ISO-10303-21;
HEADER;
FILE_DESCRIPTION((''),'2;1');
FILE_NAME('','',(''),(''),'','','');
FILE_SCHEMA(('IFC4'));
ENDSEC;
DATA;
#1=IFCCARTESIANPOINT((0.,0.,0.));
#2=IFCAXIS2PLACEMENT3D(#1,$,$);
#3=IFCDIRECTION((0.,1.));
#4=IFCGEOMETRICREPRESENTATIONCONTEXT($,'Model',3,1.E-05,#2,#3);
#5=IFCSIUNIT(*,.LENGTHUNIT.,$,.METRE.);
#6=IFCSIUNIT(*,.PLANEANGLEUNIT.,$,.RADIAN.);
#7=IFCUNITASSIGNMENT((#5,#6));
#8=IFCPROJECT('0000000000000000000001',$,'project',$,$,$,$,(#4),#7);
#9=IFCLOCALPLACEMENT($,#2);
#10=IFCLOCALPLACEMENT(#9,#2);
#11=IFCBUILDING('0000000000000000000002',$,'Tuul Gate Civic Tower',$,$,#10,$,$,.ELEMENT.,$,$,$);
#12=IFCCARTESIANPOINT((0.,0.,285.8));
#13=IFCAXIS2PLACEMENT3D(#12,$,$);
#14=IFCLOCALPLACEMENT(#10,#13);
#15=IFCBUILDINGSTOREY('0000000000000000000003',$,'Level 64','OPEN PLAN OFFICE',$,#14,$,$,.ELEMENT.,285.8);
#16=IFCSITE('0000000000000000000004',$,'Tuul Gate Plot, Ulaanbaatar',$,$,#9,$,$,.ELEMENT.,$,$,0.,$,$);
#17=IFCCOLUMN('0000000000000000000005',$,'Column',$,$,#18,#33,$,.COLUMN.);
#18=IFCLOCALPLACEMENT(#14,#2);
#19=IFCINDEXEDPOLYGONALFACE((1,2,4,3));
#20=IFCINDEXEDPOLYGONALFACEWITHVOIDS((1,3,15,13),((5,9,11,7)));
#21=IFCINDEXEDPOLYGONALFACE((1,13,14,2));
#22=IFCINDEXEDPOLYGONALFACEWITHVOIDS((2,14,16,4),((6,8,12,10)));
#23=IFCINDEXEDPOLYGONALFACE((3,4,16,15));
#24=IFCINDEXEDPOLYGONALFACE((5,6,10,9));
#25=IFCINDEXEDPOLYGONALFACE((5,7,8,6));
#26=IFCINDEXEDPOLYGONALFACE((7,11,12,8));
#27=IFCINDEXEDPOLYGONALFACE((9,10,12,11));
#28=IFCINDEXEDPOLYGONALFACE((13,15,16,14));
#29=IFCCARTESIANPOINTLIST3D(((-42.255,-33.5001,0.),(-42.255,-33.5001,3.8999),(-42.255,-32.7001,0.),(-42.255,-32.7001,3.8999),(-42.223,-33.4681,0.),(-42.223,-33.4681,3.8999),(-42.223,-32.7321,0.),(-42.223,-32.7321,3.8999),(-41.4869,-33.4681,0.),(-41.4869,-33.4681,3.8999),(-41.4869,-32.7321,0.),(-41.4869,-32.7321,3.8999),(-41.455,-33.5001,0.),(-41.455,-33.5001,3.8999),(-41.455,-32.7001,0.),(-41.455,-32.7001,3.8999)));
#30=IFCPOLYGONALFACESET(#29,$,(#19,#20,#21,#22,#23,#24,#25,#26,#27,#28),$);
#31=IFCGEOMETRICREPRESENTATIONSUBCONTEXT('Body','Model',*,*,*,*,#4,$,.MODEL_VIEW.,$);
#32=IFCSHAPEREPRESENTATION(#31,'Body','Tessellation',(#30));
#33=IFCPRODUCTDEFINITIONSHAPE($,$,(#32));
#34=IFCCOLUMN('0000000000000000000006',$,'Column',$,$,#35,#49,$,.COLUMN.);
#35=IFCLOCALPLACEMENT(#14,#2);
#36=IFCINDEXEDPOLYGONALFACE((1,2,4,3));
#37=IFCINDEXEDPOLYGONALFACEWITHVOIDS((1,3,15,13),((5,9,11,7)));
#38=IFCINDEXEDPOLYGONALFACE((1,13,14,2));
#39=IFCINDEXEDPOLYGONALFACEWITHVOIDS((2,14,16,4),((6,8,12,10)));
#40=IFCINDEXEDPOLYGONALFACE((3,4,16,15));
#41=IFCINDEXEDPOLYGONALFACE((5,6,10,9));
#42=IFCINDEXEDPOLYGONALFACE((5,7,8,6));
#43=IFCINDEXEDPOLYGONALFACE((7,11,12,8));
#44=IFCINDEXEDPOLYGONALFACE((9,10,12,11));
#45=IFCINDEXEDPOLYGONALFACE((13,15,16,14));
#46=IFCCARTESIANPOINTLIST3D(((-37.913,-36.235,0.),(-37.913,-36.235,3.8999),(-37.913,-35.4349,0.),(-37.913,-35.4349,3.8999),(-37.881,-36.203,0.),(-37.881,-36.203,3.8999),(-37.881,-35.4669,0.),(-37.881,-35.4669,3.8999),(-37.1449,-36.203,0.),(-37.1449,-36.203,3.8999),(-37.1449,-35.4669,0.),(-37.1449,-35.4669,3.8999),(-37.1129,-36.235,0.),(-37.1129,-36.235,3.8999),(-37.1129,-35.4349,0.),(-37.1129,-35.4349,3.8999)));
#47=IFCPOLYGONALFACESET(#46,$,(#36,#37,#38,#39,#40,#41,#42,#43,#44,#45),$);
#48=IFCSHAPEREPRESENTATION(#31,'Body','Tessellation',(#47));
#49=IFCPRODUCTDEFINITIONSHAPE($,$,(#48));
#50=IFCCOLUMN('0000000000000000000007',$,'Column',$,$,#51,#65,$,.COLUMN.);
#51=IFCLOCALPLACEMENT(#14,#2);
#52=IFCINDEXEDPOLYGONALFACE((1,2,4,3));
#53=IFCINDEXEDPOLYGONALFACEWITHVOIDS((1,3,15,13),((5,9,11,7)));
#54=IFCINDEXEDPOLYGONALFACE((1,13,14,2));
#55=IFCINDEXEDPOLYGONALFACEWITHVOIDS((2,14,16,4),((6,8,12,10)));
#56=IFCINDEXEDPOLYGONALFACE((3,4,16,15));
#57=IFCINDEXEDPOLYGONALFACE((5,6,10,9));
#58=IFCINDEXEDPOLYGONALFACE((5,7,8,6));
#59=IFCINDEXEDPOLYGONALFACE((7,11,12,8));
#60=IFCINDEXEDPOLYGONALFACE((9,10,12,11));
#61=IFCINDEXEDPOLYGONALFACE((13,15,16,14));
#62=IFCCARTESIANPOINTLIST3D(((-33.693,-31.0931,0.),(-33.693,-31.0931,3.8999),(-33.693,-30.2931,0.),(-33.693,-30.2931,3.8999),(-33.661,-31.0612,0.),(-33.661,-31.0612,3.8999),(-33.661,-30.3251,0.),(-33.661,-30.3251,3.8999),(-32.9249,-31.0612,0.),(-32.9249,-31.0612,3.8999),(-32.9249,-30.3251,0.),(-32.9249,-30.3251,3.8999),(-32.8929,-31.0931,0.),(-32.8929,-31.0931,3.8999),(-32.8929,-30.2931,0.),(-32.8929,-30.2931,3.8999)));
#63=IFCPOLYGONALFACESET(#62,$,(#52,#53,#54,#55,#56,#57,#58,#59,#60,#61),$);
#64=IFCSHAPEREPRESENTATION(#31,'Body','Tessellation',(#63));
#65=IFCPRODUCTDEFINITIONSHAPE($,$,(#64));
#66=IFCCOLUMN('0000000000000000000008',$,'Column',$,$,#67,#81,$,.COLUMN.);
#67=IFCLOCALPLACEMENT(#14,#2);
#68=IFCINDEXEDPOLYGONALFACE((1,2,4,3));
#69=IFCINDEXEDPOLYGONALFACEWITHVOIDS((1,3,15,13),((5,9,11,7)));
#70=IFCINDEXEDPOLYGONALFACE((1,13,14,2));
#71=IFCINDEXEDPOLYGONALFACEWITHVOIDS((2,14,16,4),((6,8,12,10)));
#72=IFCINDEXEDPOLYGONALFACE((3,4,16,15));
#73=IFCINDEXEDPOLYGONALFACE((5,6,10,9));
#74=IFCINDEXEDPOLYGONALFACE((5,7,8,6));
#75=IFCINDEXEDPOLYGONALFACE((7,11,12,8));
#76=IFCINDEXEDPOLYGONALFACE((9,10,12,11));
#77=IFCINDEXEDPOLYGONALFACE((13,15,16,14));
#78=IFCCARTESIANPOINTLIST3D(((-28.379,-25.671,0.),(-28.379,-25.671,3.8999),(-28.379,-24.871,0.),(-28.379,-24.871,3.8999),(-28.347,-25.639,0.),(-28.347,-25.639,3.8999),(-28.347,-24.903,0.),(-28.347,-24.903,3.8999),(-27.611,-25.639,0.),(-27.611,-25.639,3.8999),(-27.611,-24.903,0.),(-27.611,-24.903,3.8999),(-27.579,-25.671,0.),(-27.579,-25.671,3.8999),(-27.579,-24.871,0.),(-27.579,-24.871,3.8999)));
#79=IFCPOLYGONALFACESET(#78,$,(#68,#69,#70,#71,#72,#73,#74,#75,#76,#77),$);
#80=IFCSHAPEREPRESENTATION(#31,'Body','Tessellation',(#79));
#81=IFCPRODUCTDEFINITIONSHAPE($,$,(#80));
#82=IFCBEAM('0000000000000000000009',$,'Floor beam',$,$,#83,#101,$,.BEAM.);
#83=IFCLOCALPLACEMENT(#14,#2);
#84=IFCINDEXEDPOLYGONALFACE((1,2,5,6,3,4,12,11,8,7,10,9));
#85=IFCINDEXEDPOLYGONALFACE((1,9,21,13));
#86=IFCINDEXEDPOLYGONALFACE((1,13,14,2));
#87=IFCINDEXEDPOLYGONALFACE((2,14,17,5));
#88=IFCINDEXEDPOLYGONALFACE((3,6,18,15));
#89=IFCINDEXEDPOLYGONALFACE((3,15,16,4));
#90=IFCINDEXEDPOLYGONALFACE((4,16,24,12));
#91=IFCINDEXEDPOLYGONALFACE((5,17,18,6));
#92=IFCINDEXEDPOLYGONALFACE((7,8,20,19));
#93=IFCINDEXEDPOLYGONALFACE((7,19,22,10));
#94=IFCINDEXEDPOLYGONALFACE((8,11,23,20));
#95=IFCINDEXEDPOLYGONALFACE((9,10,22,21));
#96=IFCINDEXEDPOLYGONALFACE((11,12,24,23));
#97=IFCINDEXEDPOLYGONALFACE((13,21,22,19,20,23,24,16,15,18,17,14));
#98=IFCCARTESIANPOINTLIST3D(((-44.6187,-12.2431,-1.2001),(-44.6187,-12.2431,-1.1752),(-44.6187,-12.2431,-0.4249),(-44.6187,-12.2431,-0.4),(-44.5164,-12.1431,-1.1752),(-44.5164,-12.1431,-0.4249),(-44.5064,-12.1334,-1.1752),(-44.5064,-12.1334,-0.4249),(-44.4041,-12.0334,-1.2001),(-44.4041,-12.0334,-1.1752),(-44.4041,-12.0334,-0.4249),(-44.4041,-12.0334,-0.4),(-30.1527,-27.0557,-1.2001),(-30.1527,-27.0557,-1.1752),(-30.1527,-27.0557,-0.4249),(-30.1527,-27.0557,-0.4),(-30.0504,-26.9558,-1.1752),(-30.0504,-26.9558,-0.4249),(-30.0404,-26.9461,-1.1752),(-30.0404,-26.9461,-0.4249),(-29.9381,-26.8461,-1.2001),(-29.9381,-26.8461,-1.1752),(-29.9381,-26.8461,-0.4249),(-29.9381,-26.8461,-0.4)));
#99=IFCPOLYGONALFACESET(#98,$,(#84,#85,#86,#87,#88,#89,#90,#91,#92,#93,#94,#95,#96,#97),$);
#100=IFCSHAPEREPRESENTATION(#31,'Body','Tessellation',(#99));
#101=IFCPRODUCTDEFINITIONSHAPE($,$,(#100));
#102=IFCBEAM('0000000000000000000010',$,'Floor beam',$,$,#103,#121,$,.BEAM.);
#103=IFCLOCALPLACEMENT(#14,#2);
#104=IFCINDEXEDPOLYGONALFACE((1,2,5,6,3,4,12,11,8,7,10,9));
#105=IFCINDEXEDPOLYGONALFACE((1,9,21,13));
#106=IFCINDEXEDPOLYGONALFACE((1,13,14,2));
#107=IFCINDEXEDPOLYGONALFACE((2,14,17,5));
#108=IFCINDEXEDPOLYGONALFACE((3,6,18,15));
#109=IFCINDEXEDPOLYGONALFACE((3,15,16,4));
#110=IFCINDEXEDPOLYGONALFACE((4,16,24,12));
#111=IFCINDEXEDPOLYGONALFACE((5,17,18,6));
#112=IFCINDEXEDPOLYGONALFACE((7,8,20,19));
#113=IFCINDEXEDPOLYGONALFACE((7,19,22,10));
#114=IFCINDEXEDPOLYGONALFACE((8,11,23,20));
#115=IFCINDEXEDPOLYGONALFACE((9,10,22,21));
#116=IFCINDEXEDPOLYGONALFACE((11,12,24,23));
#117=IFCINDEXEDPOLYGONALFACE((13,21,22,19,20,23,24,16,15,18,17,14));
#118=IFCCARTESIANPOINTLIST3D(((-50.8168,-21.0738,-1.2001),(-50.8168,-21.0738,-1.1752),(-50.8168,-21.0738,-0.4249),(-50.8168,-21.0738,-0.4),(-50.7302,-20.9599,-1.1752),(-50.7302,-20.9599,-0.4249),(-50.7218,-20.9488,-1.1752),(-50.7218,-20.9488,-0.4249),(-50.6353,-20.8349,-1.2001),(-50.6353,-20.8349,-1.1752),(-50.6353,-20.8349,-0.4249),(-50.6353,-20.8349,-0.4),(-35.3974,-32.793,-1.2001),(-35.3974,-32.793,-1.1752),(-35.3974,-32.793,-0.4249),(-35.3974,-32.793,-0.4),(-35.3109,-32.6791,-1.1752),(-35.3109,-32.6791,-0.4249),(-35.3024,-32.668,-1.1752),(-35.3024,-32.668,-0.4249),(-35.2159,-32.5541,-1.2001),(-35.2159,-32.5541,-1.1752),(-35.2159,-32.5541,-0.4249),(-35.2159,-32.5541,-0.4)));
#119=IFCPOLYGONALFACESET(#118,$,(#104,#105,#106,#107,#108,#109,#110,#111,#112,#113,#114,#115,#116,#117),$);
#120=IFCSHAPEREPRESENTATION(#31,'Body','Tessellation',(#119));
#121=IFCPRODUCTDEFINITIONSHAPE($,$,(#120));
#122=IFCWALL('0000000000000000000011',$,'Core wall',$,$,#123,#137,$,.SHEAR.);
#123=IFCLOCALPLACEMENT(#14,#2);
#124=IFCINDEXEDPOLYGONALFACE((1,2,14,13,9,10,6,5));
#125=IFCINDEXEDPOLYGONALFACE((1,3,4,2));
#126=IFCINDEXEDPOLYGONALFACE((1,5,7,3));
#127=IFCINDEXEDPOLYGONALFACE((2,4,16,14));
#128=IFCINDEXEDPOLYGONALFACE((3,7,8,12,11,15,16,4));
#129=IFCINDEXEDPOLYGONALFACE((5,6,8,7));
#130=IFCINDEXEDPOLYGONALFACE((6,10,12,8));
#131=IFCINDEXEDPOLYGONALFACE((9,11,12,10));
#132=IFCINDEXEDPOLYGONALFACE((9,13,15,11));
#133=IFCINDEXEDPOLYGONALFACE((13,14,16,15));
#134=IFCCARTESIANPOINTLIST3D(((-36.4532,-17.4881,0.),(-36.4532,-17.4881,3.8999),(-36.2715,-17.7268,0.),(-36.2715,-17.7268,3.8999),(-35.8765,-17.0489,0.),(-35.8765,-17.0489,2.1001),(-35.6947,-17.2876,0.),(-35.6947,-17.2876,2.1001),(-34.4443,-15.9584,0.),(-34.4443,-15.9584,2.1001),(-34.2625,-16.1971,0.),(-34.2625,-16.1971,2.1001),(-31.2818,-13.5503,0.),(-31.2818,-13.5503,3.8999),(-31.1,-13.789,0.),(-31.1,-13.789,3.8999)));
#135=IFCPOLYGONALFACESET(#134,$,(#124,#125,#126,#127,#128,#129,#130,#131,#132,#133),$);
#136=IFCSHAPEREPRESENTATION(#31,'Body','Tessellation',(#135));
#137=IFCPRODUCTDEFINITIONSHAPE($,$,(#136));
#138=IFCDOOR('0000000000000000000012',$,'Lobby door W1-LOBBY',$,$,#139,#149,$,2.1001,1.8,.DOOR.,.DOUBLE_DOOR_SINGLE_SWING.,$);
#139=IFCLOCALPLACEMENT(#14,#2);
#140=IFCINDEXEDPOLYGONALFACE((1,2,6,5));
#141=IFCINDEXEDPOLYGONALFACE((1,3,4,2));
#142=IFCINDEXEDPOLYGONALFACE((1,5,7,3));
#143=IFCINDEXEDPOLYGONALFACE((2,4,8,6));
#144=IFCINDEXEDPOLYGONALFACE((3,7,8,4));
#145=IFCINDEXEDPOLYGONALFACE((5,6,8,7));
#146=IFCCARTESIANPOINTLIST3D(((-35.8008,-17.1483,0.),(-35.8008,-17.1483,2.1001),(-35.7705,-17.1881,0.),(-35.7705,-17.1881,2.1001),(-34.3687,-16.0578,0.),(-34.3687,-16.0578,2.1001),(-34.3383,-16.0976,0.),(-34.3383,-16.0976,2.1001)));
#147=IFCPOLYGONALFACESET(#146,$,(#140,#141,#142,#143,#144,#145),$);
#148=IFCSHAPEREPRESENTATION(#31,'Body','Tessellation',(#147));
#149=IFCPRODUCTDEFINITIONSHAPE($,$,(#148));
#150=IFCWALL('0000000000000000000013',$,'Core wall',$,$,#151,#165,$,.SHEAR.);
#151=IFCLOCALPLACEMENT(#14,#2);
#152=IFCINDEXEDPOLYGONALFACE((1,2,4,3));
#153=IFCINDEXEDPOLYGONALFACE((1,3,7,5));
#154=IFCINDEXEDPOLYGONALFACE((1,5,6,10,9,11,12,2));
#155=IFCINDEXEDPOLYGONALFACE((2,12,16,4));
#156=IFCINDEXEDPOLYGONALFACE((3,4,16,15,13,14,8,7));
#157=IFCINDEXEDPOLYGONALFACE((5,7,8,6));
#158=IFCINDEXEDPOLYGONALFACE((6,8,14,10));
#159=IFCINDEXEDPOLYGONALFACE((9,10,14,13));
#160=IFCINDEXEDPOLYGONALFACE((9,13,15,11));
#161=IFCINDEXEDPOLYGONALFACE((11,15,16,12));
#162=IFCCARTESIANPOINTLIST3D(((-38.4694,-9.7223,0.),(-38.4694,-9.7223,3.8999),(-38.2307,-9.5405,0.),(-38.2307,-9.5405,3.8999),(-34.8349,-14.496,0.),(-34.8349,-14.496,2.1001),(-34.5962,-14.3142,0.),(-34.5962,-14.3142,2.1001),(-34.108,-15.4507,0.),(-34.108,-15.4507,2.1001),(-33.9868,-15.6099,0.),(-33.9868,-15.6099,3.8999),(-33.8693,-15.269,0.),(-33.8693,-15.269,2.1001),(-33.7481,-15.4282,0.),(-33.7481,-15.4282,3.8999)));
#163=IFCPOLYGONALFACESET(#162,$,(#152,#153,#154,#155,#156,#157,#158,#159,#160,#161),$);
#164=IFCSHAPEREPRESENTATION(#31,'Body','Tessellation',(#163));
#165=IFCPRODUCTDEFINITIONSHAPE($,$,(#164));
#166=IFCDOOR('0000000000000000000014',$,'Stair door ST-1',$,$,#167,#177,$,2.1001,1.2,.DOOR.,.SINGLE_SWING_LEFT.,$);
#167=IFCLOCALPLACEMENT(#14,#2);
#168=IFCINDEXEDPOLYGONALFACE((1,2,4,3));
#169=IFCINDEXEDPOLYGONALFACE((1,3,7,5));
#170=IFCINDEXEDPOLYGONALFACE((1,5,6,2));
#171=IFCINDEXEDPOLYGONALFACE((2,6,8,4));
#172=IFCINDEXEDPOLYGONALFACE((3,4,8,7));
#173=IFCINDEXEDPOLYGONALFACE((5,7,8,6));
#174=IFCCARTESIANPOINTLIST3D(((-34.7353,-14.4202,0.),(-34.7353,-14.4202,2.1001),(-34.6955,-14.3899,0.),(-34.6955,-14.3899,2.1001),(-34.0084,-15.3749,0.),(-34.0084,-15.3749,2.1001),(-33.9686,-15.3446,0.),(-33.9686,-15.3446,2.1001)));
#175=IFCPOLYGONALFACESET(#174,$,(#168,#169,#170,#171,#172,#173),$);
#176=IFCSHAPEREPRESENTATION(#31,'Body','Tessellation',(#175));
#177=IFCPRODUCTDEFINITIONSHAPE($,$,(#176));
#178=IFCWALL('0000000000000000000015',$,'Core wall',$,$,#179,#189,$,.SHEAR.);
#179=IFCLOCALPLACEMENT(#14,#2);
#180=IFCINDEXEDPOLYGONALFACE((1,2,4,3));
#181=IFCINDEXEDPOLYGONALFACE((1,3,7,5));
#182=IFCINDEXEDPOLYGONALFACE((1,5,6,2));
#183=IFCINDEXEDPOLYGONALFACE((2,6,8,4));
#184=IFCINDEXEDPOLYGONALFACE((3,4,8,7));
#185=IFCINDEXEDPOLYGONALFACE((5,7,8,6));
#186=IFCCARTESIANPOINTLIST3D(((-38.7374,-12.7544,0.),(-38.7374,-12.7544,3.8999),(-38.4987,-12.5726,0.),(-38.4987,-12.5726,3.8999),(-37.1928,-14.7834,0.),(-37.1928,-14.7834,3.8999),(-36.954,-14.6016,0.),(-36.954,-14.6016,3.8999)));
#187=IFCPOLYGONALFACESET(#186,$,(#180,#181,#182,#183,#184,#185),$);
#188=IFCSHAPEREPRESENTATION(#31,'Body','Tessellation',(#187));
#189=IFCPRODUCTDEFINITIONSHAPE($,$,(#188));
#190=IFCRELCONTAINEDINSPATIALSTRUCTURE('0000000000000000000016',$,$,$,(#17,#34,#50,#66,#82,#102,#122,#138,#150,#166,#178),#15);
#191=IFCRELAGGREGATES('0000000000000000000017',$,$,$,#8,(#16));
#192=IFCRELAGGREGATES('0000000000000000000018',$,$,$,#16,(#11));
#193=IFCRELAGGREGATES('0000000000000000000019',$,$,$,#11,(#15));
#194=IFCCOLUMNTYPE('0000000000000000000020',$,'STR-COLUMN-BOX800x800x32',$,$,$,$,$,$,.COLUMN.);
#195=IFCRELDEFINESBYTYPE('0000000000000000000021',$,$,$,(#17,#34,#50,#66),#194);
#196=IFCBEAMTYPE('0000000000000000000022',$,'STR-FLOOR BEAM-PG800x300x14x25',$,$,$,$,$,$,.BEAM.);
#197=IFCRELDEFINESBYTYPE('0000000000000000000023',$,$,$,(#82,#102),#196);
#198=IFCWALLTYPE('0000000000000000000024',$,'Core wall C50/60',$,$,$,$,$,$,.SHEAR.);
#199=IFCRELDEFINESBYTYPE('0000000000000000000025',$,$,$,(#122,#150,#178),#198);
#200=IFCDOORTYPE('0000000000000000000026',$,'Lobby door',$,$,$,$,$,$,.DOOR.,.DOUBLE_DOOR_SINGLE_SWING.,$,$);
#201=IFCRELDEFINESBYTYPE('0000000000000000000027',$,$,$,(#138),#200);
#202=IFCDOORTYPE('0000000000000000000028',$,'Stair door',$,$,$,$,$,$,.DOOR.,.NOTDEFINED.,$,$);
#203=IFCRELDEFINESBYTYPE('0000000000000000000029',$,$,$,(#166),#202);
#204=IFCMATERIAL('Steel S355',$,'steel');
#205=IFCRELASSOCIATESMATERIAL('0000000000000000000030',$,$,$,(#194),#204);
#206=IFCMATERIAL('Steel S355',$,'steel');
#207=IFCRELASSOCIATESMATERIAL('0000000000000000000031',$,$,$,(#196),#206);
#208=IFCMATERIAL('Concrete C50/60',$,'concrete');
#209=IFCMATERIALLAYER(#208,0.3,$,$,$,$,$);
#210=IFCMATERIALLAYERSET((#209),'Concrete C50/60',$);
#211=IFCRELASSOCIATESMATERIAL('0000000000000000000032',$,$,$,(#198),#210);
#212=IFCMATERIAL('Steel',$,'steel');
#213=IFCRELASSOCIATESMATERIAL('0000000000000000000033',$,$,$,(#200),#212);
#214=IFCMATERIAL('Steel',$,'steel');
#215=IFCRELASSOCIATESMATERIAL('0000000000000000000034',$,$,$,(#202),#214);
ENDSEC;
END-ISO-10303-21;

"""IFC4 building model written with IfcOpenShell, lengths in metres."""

from ifc_helpers import new_model, si_unit, direction, frame, frame_2d, origin, origin_2d, place, context, subcontext, project, spatial, rectangle, hollow_rectangle, i_section, extrude, material, layer, layer_set, material_profile, profile_set, type_object, element, fill, save


model = new_model("IFC4")

# Units and contexts
model_context = context("Model", 3, precision=1e-05, world=origin(), true_north=direction((0.0, 1.0)))
body_context = subcontext(model_context, "Body", "Model", "MODEL_VIEW")
ifc_project = project(units=[si_unit("LENGTHUNIT", "METRE"), si_unit("PLANEANGLEUNIT", "RADIAN")], contexts=[model_context])

# Site, building, storey
site_placement = place(None, origin())
site = spatial("IfcSite", under=ifc_project, at=site_placement, Name="Tuul Gate Plot, Ulaanbaatar", CompositionType="ELEMENT", RefElevation=0.0)
building_placement = place(site_placement, origin())
building = spatial("IfcBuilding", under=site, at=building_placement, Name="Tuul Gate Civic Tower", CompositionType="ELEMENT")
storey_placement = place(building_placement, frame((0.0, 0.0, 285.8)))
storey = spatial("IfcBuildingStorey", under=building, at=storey_placement, Name="Level 64", Description="OPEN PLAN OFFICE", CompositionType="ELEMENT", Elevation=285.8)

# Columns
ifc_material_1 = material(Name="Steel S355", Category="steel")
ifc_material_profile_1 = material_profile(ifc_material_1, hollow_rectangle(XDim=0.8, YDim=0.8, WallThickness=0.032, at=origin_2d()), Name="BOX800x800x32")
ifc_profile_set_1 = profile_set([ifc_material_profile_1], Name="Steel S355")
column_type = type_object("IfcColumnType", Name="STR-COLUMN-BOX800x800x32", PredefinedType="COLUMN", material=ifc_profile_set_1)
for number, where, z_axis, x_axis, name in (
    (1, (-41.855, -33.1001, 0.0), (0.0, 0.0, 1.0), (1.0, 0.0, 0.0), "Column"),
    (2, (-37.5129, -35.835, 0.0), (0.0, 0.0, 1.0), (1.0, 0.0, 0.0), "Column"),
    (3, (-33.293, -30.6931, 0.0), (0.0, 0.0, 1.0), (1.0, 0.0, 0.0), "Column"),
    (4, (-27.979, -25.271, 0.0), (0.0, 0.0, 1.0), (1.0, 0.0, 0.0), "Column"),
):
    element("IfcColumn", number, at=place(storey_placement, frame(where, z_axis=z_axis, x_axis=x_axis)), inside=storey, type_object=column_type, Name=name, PredefinedType="COLUMN", context=body_context, shape_type="SweptSolid", body=[
        extrude(hollow_rectangle(XDim=0.8, YDim=0.8, WallThickness=0.032, at=origin_2d()), origin(), (0.0, 0.0, 1.0), 3.8999),
    ])

# Beams
ifc_material_2 = material(Name="Steel S355", Category="steel")
ifc_material_profile_2 = material_profile(ifc_material_2, i_section(OverallWidth=0.3, OverallDepth=0.8, WebThickness=0.0139, FlangeThickness=0.0249, at=origin_2d()), Name="PG800x300x14x25")
ifc_profile_set_2 = profile_set([ifc_material_profile_2], Name="Steel S355")
beam_type = type_object("IfcBeamType", Name="STR-FLOOR BEAM-PG800x300x14x25", PredefinedType="BEAM", material=ifc_profile_set_2)
beam_1_placement = place(storey_placement, frame((-30.0454, -26.9509, -0.8), z_axis=(-0.698685, 0.715429, 0.0), x_axis=(-0.715429, -0.698685, 0.0)))
element("IfcBeam", 5, at=beam_1_placement, inside=storey, type_object=beam_type, Name="Floor beam", PredefinedType="BEAM", context=body_context, shape_type="SweptSolid", body=[
    extrude(i_section(OverallWidth=0.3, OverallDepth=0.8, WebThickness=0.0139, FlangeThickness=0.0249, at=origin_2d()), origin(), (0.0, 0.0, 1.0), 20.7046),
])
beam_2_placement = place(storey_placement, frame((-35.3066, -32.6736, -0.8), z_axis=(-0.796151, 0.605099, 0.0), x_axis=(-0.605099, -0.796151, 0.0)))
element("IfcBeam", 6, at=beam_2_placement, inside=storey, type_object=beam_type, Name="Floor beam", PredefinedType="BEAM", context=body_context, shape_type="SweptSolid", body=[
    extrude(i_section(OverallWidth=0.3, OverallDepth=0.8, WebThickness=0.0139, FlangeThickness=0.0249, at=origin_2d()), origin(), (0.0, 0.0, 1.0), 19.3674),
])

# Walls, openings, doors
ifc_material_3 = material(Name="Concrete C50/60", Category="concrete")
ifc_layer_1 = layer(ifc_material_3, 0.3)
ifc_layer_set_1 = layer_set([ifc_layer_1], Name="Concrete C50/60")
wall_type_1 = type_object("IfcWallType", Name="Core wall C50/60", PredefinedType="SHEAR", material=ifc_layer_set_1)
wall_1_placement = place(storey_placement, frame((-31.1909, -13.6697, 0.0), z_axis=(0.0, 0.0, 1.0), x_axis=(-0.795607, -0.605813, 0.0)))
wall_1 = element("IfcWall", 7, at=wall_1_placement, inside=storey, type_object=wall_type_1, Name="Core wall", PredefinedType="SHEAR", context=body_context, shape_type="SweptSolid", body=[
    extrude(rectangle(XDim=6.5, YDim=0.3, at=frame_2d((3.25, 0.0))), origin(), (0.0, 0.0, 1.0), 3.8999),
])
opening_1_placement = place(wall_1_placement, frame((3.9751, 0.0, 0.0)))
opening_1 = element("IfcOpeningElement", 8, at=opening_1_placement, cuts=wall_1, PredefinedType="OPENING", context=body_context, shape_type="SweptSolid", body=[
    extrude(rectangle(XDim=1.8, YDim=2.1001, at=frame_2d((0.8999, 1.05))), frame((0.0, 0.1602, 0.0), z_axis=(0.0, -1.0, 0.0), x_axis=(1.0, 0.0, 0.0)), (0.0, 0.0, 1.0), 0.3201),
])
ifc_material_4 = material(Name="Steel", Category="steel")
door_type_1 = type_object("IfcDoorType", Name="Lobby door", OperationType="DOUBLE_DOOR_SINGLE_SWING", PredefinedType="DOOR", material=ifc_material_4)
door_1_placement = place(opening_1_placement, origin())
door_1 = element("IfcDoor", 9, at=door_1_placement, inside=storey, type_object=door_type_1, Name="Lobby door W1-LOBBY", OperationType="DOUBLE_DOOR_SINGLE_SWING", OverallHeight=2.1001, OverallWidth=1.8, PredefinedType="DOOR", context=body_context, shape_type="SweptSolid", body=[
    extrude(rectangle(XDim=1.8, YDim=2.1001, at=frame_2d((0.8999, 1.05))), frame((0.0, 0.0249, 0.0), z_axis=(0.0, -1.0, 0.0), x_axis=(1.0, 0.0, 0.0)), (0.0, 0.0, 1.0), 0.05),
])
fill(opening_1, door_1)
wall_2_placement = place(storey_placement, frame((-33.8674, -15.519, 0.0), z_axis=(0.0, 0.0, 1.0), x_axis=(-0.60577, 0.79564, 0.0)))
wall_2 = element("IfcWall", 10, at=wall_2_placement, inside=storey, type_object=wall_type_1, Name="Core wall", PredefinedType="SHEAR", context=body_context, shape_type="SweptSolid", body=[
    extrude(rectangle(XDim=7.3999, YDim=0.3, at=frame_2d((3.7, 0.0))), origin(), (0.0, 0.0, 1.0), 3.8999),
])
opening_2_placement = place(wall_2_placement, frame((0.2, 0.0, 0.0)))
opening_2 = element("IfcOpeningElement", 11, at=opening_2_placement, cuts=wall_2, PredefinedType="OPENING", context=body_context, shape_type="SweptSolid", body=[
    extrude(rectangle(XDim=1.2, YDim=2.1001, at=frame_2d((0.6001, 1.05))), frame((0.0, 0.1602, 0.0), z_axis=(0.0, -1.0, 0.0), x_axis=(1.0, 0.0, 0.0)), (0.0, 0.0, 1.0), 0.3201),
])
ifc_material_5 = material(Name="Steel", Category="steel")
door_type_2 = type_object("IfcDoorType", Name="Stair door", OperationType="NOTDEFINED", PredefinedType="DOOR", material=ifc_material_5)
door_2_placement = place(opening_2_placement, origin())
door_2 = element("IfcDoor", 12, at=door_2_placement, inside=storey, type_object=door_type_2, Name="Stair door ST-1", OperationType="SINGLE_SWING_LEFT", OverallHeight=2.1001, OverallWidth=1.2, PredefinedType="DOOR", context=body_context, shape_type="SweptSolid", body=[
    extrude(rectangle(XDim=1.2, YDim=2.1001, at=frame_2d((0.6001, 1.05))), frame((0.0, 0.0249, 0.0), z_axis=(0.0, -1.0, 0.0), x_axis=(1.0, 0.0, 0.0)), (0.0, 0.0, 1.0), 0.05),
])
fill(opening_2, door_2)

# Wall
wall_3_placement = place(storey_placement, frame((-37.0735, -14.6924, 0.0), z_axis=(0.0, 0.0, 1.0), x_axis=(-0.605729, 0.795671, 0.0)))
element("IfcWall", 13, at=wall_3_placement, inside=storey, type_object=wall_type_1, Name="Core wall", PredefinedType="SHEAR", context=body_context, shape_type="SweptSolid", body=[
    extrude(rectangle(XDim=2.55, YDim=0.3, at=frame_2d((1.2749, 0.0))), origin(), (0.0, 0.0, 1.0), 3.8999),
])

save(model, "model.ifc")
